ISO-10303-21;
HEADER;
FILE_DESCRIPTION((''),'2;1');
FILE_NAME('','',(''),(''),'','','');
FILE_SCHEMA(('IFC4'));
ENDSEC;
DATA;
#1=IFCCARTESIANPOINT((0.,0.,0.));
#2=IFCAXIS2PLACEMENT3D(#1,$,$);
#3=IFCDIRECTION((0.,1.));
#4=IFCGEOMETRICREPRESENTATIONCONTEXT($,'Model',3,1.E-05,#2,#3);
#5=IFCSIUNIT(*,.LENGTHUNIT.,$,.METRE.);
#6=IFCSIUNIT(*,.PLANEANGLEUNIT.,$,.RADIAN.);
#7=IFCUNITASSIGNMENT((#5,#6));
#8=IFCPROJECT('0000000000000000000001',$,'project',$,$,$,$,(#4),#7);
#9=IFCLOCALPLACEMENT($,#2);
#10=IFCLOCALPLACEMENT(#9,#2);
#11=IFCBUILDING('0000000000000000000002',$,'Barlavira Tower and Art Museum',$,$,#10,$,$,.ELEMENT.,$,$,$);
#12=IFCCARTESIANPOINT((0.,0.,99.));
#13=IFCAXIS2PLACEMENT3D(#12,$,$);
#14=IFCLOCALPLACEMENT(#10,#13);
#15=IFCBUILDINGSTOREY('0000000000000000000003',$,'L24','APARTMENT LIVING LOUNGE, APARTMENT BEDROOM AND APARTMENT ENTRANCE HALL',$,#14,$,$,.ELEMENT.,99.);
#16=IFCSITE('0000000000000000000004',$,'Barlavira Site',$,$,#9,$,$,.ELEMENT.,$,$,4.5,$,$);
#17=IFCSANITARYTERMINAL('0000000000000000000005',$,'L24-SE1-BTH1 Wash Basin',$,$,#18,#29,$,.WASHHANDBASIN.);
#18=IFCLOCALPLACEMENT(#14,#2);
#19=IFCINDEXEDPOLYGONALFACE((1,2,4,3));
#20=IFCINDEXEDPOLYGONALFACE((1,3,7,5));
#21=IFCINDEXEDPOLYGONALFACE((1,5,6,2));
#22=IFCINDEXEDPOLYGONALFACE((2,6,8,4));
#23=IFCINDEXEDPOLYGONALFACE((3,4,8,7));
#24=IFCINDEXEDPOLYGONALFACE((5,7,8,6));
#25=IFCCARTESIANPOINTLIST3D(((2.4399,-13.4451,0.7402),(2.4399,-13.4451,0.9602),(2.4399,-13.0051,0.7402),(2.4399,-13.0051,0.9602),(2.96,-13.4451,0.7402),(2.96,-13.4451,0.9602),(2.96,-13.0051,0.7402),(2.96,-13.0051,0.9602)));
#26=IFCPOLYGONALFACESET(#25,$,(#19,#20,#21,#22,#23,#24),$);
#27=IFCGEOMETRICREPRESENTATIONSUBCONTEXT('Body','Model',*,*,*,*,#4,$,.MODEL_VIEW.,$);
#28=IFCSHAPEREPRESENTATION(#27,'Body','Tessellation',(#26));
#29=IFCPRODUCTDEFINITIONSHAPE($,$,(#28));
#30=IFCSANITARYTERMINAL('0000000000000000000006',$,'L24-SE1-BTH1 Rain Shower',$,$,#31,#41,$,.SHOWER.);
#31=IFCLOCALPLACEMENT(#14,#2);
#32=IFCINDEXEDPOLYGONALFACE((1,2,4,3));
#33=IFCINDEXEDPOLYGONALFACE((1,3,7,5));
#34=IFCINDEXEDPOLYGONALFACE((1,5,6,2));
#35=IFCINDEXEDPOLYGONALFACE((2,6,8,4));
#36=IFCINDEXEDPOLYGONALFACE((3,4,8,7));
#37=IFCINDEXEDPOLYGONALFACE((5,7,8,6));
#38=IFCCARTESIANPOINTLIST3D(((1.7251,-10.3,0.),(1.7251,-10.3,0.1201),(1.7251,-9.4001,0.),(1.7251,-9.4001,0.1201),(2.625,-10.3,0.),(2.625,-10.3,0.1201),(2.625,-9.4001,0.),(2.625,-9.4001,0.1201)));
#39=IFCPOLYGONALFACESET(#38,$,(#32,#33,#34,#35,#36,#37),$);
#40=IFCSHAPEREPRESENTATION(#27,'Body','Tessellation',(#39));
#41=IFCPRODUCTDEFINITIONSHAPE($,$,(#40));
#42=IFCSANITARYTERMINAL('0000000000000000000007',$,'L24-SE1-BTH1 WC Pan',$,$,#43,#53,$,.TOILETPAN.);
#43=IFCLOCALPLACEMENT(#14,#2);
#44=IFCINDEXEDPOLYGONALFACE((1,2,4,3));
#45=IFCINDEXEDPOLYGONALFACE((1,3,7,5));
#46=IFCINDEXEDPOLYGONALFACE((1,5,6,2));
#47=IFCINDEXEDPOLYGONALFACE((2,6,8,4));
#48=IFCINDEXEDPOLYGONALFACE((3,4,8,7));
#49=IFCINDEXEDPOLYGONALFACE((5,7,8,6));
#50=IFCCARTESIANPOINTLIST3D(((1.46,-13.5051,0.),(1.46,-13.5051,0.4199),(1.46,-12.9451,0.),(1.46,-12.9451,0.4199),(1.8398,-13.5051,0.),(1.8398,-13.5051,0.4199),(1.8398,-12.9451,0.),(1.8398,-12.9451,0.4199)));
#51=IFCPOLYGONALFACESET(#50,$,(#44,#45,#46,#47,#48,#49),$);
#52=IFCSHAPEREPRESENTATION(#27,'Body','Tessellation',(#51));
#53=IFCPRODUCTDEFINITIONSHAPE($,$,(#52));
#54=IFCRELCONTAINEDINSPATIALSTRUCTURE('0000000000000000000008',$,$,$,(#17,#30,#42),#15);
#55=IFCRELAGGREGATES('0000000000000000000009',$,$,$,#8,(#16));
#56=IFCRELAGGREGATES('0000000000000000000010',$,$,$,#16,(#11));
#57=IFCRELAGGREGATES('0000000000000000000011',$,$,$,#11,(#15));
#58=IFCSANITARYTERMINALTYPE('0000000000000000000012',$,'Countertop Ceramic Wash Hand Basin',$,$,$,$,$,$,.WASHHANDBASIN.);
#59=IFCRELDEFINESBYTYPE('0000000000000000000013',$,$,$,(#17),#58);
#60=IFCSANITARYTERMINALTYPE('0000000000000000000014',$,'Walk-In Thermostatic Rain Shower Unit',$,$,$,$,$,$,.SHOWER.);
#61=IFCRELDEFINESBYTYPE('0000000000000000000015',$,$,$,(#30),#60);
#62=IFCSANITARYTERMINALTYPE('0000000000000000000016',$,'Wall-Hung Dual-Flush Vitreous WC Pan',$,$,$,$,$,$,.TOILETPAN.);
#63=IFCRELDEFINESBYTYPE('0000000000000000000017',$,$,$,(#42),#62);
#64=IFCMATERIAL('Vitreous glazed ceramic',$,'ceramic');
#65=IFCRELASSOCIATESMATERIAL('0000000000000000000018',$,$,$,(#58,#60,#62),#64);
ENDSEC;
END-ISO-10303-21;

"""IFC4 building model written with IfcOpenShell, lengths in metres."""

from ifc_helpers import new_model, si_unit, direction, frame, origin, origin_2d, place, context, subcontext, project, spatial, rectangle, extrude, material, type_object, element, save


model = new_model("IFC4")

# Units and contexts
model_context = context("Model", 3, precision=1e-05, world=origin(), true_north=direction((0.0, 1.0)))
body_context = subcontext(model_context, "Body", "Model", "MODEL_VIEW")
ifc_project = project(units=[si_unit("LENGTHUNIT", "METRE"), si_unit("PLANEANGLEUNIT", "RADIAN")], contexts=[model_context])

# Site, building, storey
site_placement = place(None, origin())
site = spatial("IfcSite", under=ifc_project, at=site_placement, Name="Barlavira Site", CompositionType="ELEMENT", RefElevation=4.5)
building_placement = place(site_placement, origin())
building = spatial("IfcBuilding", under=site, at=building_placement, Name="Barlavira Tower and Art Museum", CompositionType="ELEMENT")
storey_placement = place(building_placement, frame((0.0, 0.0, 99.0)))
storey = spatial("IfcBuildingStorey", under=building, at=storey_placement, Name="L24", Description="APARTMENT LIVING LOUNGE, APARTMENT BEDROOM AND APARTMENT ENTRANCE HALL", CompositionType="ELEMENT", Elevation=99.0)

# Sanitary terminals
ifc_material_1 = material(Name="Vitreous glazed ceramic", Category="ceramic")
sanitary_terminal_type_1 = type_object("IfcSanitaryTerminalType", Name="Countertop Ceramic Wash Hand Basin", PredefinedType="WASHHANDBASIN", material=ifc_material_1)
sanitary_terminal_1_placement = place(storey_placement, frame((2.7, -13.2251, 0.7402), z_axis=(0.0, 0.0, 1.0), x_axis=(1.0, 0.0, 0.0)))
element("IfcSanitaryTerminal", 1, at=sanitary_terminal_1_placement, inside=storey, type_object=sanitary_terminal_type_1, Name="L24-SE1-BTH1 Wash Basin", PredefinedType="WASHHANDBASIN", context=body_context, shape_type="SweptSolid", body=[
    extrude(rectangle(XDim=0.52, YDim=0.4399, at=origin_2d()), origin(), (0.0, 0.0, 1.0), 0.22),
])
sanitary_terminal_type_2 = type_object("IfcSanitaryTerminalType", Name="Walk-In Thermostatic Rain Shower Unit", PredefinedType="SHOWER", material=ifc_material_1)
sanitary_terminal_2_placement = place(storey_placement, frame((2.175, -9.8501, 0.0), z_axis=(0.0, 0.0, 1.0), x_axis=(1.0, 0.0, 0.0)))
element("IfcSanitaryTerminal", 2, at=sanitary_terminal_2_placement, inside=storey, type_object=sanitary_terminal_type_2, Name="L24-SE1-BTH1 Rain Shower", PredefinedType="SHOWER", context=body_context, shape_type="SweptSolid", body=[
    extrude(rectangle(XDim=0.8999, YDim=0.8999, at=origin_2d()), origin(), (0.0, 0.0, 1.0), 0.1201),
])
sanitary_terminal_type_3 = type_object("IfcSanitaryTerminalType", Name="Wall-Hung Dual-Flush Vitreous WC Pan", PredefinedType="TOILETPAN", material=ifc_material_1)
sanitary_terminal_3_placement = place(storey_placement, frame((1.6499, -13.2251, 0.0), z_axis=(0.0, 0.0, 1.0), x_axis=(1.0, 0.0, 0.0)))
element("IfcSanitaryTerminal", 3, at=sanitary_terminal_3_placement, inside=storey, type_object=sanitary_terminal_type_3, Name="L24-SE1-BTH1 WC Pan", PredefinedType="TOILETPAN", context=body_context, shape_type="SweptSolid", body=[
    extrude(rectangle(XDim=0.3799, YDim=0.5601, at=origin_2d()), origin(), (0.0, 0.0, 1.0), 0.4199),
])

save(model, "model.ifc")
